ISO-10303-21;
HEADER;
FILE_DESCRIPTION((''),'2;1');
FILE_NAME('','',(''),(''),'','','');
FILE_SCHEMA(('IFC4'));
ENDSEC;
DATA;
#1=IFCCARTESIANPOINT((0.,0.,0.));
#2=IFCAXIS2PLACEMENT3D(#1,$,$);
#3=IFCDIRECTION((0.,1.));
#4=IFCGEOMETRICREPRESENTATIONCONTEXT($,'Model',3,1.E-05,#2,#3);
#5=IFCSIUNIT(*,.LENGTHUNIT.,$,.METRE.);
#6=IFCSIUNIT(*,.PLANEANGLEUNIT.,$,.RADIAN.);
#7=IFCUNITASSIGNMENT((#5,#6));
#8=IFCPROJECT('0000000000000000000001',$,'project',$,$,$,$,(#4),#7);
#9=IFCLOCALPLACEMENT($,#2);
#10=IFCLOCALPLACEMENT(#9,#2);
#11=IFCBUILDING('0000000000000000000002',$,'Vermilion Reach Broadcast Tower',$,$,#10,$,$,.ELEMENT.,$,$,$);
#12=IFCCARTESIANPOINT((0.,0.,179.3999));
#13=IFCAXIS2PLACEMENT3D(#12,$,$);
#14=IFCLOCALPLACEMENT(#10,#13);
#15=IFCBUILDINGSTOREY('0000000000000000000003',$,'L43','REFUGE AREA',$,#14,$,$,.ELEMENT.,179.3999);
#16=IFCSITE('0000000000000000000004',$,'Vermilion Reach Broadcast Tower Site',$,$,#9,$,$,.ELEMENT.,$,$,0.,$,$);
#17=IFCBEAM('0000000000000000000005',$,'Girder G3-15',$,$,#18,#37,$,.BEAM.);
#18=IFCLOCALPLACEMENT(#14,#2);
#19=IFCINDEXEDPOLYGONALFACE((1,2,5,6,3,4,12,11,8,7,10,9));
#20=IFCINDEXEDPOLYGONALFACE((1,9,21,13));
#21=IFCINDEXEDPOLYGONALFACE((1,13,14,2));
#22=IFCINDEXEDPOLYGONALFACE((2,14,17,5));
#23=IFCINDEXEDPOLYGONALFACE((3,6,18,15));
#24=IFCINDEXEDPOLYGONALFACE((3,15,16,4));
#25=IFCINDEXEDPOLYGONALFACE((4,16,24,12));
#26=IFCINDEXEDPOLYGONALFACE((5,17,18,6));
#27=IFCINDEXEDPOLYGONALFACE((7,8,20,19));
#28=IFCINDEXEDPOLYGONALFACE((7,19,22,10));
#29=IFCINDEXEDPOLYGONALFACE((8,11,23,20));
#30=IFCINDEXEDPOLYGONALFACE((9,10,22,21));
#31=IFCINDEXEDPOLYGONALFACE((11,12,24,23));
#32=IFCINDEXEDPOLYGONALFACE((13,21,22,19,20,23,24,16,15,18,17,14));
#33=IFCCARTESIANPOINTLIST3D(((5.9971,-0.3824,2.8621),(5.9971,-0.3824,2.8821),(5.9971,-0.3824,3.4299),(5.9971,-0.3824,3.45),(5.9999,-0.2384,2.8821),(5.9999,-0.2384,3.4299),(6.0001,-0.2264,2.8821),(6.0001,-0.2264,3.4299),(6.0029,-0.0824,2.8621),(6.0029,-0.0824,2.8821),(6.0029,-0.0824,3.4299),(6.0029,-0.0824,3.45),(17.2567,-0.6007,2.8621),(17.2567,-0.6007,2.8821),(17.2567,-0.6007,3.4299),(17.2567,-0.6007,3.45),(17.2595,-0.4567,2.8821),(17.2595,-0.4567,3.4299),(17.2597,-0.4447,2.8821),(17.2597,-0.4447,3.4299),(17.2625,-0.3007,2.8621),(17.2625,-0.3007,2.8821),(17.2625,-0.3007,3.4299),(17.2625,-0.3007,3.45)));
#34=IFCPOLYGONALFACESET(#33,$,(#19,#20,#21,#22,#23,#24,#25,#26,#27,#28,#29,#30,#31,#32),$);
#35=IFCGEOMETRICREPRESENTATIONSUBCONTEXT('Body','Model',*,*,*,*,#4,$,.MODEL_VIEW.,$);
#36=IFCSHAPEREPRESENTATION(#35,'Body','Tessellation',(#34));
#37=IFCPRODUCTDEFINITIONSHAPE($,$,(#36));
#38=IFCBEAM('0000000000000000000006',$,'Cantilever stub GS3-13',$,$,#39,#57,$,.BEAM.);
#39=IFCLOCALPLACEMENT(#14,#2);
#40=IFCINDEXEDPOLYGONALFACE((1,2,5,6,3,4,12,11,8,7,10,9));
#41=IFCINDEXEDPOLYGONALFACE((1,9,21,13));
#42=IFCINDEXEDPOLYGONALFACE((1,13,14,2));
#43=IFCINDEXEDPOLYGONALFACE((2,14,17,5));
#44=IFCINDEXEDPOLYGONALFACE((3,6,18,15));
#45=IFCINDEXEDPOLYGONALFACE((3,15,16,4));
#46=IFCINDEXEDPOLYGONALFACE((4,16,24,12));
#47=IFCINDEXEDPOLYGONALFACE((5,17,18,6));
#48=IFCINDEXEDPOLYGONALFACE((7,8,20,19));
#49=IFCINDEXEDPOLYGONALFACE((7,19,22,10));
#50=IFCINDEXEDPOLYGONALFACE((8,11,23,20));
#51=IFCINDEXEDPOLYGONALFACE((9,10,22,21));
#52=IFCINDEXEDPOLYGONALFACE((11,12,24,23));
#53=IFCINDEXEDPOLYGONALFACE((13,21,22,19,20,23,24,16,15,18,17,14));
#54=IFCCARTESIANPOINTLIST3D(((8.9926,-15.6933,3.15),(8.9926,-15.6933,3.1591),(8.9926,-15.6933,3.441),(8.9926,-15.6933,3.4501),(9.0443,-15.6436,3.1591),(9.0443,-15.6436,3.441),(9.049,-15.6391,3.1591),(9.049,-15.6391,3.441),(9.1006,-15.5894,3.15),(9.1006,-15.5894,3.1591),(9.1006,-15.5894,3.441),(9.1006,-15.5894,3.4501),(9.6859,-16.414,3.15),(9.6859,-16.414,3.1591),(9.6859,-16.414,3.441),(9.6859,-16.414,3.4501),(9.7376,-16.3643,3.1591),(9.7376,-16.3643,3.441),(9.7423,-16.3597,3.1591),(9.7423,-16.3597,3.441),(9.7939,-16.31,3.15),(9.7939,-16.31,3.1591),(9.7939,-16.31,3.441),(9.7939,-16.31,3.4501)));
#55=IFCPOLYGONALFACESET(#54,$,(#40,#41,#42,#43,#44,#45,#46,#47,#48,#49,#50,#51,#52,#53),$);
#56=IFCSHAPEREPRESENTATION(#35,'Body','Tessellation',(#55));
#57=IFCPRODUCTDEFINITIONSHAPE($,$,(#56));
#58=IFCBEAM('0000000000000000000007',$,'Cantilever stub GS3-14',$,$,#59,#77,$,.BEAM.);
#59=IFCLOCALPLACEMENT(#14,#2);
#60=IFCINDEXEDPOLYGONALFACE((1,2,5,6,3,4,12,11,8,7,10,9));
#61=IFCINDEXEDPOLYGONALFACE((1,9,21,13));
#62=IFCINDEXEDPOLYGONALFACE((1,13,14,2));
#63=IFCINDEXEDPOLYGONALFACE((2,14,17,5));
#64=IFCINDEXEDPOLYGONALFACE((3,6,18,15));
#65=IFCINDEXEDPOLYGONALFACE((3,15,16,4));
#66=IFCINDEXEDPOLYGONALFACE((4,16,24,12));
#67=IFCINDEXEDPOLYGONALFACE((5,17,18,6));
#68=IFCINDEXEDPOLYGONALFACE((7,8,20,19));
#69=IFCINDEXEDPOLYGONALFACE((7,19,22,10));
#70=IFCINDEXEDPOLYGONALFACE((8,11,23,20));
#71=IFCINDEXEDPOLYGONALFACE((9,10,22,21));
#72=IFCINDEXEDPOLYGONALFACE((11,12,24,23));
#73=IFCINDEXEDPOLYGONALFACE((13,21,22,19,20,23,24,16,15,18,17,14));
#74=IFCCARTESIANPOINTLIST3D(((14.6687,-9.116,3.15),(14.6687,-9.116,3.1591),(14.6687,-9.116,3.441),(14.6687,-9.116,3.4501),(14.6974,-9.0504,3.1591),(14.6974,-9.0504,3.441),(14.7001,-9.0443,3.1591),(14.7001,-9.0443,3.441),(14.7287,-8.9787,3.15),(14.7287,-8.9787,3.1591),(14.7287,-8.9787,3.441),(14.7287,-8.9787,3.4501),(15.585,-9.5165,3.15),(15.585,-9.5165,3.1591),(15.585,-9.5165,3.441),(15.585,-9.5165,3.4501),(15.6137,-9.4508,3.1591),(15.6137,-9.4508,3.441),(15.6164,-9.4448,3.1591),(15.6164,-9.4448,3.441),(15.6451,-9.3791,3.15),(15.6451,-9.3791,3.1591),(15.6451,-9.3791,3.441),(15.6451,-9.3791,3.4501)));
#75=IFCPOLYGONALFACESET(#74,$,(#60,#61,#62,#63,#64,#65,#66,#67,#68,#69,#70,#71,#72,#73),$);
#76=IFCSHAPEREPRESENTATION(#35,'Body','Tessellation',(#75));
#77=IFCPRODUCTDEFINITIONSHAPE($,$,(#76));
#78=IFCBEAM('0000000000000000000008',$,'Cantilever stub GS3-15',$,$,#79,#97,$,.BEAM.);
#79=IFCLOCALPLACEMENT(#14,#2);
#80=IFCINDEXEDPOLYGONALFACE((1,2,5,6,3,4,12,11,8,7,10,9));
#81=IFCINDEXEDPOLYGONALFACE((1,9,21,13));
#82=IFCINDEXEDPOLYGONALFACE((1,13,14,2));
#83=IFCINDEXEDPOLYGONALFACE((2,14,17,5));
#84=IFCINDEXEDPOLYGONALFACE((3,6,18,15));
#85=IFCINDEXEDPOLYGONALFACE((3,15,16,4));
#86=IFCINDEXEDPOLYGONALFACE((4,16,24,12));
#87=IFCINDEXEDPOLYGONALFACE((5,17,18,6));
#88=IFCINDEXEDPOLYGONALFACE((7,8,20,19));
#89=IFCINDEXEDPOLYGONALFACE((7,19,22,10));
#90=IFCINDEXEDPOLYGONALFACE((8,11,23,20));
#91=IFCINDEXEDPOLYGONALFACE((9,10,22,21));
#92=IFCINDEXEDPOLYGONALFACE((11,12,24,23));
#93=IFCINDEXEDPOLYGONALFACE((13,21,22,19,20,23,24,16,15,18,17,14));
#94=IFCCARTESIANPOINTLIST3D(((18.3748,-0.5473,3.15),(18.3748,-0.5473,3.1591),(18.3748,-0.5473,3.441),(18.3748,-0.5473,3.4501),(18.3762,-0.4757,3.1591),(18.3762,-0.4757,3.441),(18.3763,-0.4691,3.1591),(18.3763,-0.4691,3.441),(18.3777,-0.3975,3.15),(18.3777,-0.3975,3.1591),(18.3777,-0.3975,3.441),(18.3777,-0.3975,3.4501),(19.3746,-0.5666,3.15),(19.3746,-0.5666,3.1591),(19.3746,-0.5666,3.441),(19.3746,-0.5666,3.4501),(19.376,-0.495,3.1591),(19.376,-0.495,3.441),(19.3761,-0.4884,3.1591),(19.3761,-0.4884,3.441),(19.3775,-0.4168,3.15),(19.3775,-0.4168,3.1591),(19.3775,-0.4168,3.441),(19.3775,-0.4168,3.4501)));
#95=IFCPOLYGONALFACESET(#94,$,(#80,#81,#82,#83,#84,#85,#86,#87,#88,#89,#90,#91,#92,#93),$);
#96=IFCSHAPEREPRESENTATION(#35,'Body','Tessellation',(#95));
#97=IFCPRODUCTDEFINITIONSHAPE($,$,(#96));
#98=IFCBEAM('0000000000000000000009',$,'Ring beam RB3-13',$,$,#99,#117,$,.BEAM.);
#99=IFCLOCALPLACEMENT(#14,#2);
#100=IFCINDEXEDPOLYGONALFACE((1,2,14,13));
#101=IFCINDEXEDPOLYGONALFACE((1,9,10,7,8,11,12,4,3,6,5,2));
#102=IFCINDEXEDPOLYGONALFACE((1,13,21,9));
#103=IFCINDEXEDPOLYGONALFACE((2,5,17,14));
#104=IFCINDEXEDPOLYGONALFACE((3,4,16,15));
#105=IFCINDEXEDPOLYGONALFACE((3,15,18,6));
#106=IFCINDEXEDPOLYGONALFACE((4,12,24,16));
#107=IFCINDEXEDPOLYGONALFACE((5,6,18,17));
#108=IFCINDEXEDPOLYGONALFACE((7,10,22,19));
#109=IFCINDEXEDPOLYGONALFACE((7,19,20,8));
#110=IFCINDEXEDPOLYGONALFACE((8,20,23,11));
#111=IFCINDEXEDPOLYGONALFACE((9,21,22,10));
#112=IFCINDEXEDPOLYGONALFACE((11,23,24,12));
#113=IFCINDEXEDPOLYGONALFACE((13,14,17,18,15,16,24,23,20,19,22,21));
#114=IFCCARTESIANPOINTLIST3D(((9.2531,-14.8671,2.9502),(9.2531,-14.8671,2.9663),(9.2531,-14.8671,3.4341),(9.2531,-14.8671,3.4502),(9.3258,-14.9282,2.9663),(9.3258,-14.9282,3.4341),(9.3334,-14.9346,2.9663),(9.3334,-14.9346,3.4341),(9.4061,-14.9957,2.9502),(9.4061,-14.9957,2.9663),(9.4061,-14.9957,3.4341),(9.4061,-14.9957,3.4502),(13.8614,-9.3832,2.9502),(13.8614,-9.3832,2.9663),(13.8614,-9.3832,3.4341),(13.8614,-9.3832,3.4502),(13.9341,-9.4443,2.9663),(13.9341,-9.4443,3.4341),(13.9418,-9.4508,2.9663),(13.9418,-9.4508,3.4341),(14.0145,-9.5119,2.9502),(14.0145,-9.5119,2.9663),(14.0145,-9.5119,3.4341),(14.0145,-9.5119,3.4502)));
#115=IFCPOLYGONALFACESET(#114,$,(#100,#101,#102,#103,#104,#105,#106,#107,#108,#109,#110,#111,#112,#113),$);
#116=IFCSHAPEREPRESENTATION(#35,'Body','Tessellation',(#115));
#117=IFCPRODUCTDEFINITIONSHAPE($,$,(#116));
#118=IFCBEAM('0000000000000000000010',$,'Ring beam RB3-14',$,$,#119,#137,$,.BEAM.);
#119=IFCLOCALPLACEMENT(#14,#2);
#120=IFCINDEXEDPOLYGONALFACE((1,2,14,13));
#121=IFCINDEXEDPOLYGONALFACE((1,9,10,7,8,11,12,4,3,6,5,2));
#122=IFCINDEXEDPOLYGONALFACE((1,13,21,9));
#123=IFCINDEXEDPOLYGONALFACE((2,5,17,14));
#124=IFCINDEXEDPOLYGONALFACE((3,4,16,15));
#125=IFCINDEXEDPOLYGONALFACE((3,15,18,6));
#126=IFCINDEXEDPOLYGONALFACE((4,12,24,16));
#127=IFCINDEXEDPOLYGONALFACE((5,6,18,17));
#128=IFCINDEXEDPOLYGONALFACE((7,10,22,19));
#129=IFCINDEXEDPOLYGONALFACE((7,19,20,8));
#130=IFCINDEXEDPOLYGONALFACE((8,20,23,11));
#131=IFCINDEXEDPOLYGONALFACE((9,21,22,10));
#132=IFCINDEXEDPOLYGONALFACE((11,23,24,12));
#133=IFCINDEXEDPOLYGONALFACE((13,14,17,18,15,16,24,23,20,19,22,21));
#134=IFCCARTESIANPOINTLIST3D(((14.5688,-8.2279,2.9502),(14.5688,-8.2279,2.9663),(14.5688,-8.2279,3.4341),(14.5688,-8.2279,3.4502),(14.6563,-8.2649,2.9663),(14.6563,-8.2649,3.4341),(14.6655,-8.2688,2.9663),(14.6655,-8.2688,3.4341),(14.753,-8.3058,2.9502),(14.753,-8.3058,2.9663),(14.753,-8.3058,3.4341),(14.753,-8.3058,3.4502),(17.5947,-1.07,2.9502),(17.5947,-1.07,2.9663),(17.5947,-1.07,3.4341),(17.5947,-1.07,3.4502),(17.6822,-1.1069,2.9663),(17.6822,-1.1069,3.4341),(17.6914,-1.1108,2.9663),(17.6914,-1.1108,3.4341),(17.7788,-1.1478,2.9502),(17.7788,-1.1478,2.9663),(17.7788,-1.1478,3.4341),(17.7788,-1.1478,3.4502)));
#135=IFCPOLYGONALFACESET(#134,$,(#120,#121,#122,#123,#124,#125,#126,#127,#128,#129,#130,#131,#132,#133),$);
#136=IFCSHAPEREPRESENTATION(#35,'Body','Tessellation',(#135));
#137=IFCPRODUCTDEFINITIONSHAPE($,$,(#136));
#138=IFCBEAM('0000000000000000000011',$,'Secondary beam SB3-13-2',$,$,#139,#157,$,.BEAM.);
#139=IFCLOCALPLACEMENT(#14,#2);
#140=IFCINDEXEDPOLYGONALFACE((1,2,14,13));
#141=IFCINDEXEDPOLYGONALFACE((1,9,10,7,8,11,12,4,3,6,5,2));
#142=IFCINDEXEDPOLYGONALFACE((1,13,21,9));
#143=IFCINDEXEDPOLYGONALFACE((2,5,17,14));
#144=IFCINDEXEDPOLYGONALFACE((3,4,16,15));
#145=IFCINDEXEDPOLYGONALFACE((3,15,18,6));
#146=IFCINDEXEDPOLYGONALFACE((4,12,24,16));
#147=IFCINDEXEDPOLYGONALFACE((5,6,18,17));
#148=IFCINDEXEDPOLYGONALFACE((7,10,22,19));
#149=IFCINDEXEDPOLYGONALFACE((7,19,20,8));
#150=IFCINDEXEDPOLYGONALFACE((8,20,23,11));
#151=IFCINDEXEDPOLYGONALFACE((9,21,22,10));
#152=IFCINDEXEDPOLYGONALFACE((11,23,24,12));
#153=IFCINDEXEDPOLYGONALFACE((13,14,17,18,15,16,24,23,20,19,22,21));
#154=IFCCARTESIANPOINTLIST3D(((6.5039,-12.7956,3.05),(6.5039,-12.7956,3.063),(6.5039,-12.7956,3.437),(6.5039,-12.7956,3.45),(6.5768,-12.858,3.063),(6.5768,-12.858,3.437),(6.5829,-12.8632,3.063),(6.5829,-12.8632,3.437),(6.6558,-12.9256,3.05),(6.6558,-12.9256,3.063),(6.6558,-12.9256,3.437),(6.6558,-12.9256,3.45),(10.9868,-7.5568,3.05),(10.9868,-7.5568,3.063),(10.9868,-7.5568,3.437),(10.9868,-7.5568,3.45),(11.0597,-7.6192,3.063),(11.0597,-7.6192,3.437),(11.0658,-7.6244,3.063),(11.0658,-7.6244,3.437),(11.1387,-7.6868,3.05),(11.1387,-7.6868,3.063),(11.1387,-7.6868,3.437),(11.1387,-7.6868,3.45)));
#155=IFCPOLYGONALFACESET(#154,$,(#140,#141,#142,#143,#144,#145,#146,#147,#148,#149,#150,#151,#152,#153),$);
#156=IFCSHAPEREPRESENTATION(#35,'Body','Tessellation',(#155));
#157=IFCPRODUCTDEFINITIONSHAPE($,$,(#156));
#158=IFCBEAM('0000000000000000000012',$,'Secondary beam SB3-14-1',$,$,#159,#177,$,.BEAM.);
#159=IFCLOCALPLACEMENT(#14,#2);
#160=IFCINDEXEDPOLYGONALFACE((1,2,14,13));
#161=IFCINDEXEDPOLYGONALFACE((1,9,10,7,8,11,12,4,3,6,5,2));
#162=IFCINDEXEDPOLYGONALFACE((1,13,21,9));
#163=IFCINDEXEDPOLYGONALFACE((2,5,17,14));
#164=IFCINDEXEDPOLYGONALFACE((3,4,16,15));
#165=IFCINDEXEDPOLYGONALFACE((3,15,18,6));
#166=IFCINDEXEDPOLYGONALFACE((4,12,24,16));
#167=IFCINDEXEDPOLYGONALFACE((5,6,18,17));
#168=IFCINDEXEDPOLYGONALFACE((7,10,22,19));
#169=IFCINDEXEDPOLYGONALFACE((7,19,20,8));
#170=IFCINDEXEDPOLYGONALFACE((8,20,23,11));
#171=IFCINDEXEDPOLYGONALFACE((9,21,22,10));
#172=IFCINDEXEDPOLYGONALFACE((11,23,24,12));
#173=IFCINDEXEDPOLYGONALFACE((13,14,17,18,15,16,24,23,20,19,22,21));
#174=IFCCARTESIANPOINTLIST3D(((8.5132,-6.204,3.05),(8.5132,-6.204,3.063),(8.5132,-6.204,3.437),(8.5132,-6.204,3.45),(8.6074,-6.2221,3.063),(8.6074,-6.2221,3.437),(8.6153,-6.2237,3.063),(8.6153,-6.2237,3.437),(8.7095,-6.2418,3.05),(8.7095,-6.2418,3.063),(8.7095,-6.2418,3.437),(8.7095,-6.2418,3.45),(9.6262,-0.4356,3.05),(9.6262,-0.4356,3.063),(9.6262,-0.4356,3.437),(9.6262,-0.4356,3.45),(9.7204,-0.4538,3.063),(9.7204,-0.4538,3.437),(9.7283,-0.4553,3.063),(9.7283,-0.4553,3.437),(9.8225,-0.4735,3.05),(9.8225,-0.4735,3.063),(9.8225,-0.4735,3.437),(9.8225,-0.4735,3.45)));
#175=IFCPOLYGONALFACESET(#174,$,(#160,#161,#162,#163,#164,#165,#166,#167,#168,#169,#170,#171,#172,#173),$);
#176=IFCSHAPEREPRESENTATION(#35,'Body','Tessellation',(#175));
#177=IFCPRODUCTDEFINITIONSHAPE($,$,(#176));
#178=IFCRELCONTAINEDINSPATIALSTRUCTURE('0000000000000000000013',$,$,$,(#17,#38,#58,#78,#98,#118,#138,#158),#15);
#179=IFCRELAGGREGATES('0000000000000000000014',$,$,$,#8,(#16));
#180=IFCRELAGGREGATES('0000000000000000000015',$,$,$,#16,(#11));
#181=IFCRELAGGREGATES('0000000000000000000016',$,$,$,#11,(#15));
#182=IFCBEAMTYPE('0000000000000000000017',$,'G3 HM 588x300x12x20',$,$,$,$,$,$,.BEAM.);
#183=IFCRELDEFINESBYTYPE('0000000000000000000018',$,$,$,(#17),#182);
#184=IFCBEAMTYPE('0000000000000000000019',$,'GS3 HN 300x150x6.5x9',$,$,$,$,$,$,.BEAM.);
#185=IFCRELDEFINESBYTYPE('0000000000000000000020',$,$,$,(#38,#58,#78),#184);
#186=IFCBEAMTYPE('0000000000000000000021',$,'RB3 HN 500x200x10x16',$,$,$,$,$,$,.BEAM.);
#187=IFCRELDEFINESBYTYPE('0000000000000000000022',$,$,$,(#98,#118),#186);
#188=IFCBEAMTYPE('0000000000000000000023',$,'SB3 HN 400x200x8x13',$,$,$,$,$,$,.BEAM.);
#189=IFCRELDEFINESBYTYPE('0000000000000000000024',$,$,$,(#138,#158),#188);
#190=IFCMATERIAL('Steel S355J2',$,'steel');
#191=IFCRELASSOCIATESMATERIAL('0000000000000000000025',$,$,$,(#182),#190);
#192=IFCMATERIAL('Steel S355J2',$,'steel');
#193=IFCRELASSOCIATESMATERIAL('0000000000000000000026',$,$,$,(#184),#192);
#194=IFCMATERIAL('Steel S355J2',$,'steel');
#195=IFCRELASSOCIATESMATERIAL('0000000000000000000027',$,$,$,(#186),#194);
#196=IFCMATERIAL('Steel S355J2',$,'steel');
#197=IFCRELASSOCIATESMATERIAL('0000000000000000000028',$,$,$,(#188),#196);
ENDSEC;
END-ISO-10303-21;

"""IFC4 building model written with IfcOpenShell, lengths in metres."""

from ifc_helpers import new_model, si_unit, direction, frame, origin, origin_2d, place, context, subcontext, project, spatial, i_section, extrude, material, material_profile, profile_set, type_object, element, save


model = new_model("IFC4")

# Units and contexts
model_context = context("Model", 3, precision=1e-05, world=origin(), true_north=direction((0.0, 1.0)))
body_context = subcontext(model_context, "Body", "Model", "MODEL_VIEW")
ifc_project = project(units=[si_unit("LENGTHUNIT", "METRE"), si_unit("PLANEANGLEUNIT", "RADIAN")], contexts=[model_context])

# Site, building, storey
site_placement = place(None, origin())
site = spatial("IfcSite", under=ifc_project, at=site_placement, Name="Vermilion Reach Broadcast Tower Site", CompositionType="ELEMENT", RefElevation=0.0)
building_placement = place(site_placement, origin())
building = spatial("IfcBuilding", under=site, at=building_placement, Name="Vermilion Reach Broadcast Tower", CompositionType="ELEMENT")
storey_placement = place(building_placement, frame((0.0, 0.0, 179.3999)))
storey = spatial("IfcBuildingStorey", under=building, at=storey_placement, Name="L43", Description="REFUGE AREA", CompositionType="ELEMENT", Elevation=179.3999)

# Beams
ifc_material_1 = material(Name="Steel S355J2", Category="steel")
ifc_material_profile_1 = material_profile(ifc_material_1, i_section(OverallWidth=0.3, OverallDepth=0.5879, WebThickness=0.012, FlangeThickness=0.02, at=origin_2d()), Name="S355J2 HM 588x300x12x20")
ifc_profile_set_1 = profile_set([ifc_material_profile_1], Name="Steel S355J2")
beam_type_1 = type_object("IfcBeamType", Name="G3 HM 588x300x12x20", PredefinedType="BEAM", material=ifc_profile_set_1)
beam_1_placement = place(storey_placement, frame((6.0, -0.2324, 3.156), z_axis=(0.999812, -0.019381, 0.0), x_axis=(0.019381, 0.999812, 0.0)))
element("IfcBeam", 1, at=beam_1_placement, inside=storey, type_object=beam_type_1, Name="Girder G3-15", PredefinedType="BEAM", context=body_context, shape_type="SweptSolid", body=[
    extrude(i_section(OverallWidth=0.3, OverallDepth=0.5879, WebThickness=0.012, FlangeThickness=0.02, at=origin_2d()), origin(), (0.0, 0.0, 1.0), 11.2617),
])
ifc_material_2 = material(Name="Steel S355J2", Category="steel")
ifc_material_profile_2 = material_profile(ifc_material_2, i_section(OverallWidth=0.1499, OverallDepth=0.3, WebThickness=0.0066, FlangeThickness=0.009, at=origin_2d()), Name="S355J2 HN 300x150x6.5x9")
ifc_profile_set_2 = profile_set([ifc_material_profile_2], Name="Steel S355J2")
beam_type_2 = type_object("IfcBeamType", Name="GS3 HN 300x150x6.5x9", PredefinedType="BEAM", material=ifc_profile_set_2)
for number, where, z_axis, x_axis, name in (
    (2, (9.0466, -15.6414, 3.3), (0.693304, -0.720645, 0.0), (0.720645, 0.693304, 0.0), "Cantilever stub GS3-13"),
    (3, (14.6987, -9.0474, 3.3), (0.916331, -0.400422, 0.0), (0.400422, 0.916331, 0.0), "Cantilever stub GS3-14"),
    (4, (18.3762, -0.4724, 3.3), (0.999814, -0.019288, 0.0), (0.019288, 0.999814, 0.0), "Cantilever stub GS3-15"),
):
    element("IfcBeam", number, at=place(storey_placement, frame(where, z_axis=z_axis, x_axis=x_axis)), inside=storey, type_object=beam_type_2, Name=name, PredefinedType="BEAM", context=body_context, shape_type="SweptSolid", body=[
        extrude(i_section(OverallWidth=0.1499, OverallDepth=0.3, WebThickness=0.0066, FlangeThickness=0.009, at=origin_2d()), origin(), (0.0, 0.0, 1.0), 1.0),
    ])
ifc_material_3 = material(Name="Steel S355J2", Category="steel")
ifc_material_profile_3 = material_profile(ifc_material_3, i_section(OverallWidth=0.2, OverallDepth=0.5, WebThickness=0.01, FlangeThickness=0.0161, at=origin_2d()), Name="S355J2 HN 500x200x10x16")
ifc_profile_set_3 = profile_set([ifc_material_profile_3], Name="Steel S355J2")
beam_type_3 = type_object("IfcBeamType", Name="RB3 HN 500x200x10x16", PredefinedType="BEAM", material=ifc_profile_set_3)
beam_2_placement = place(storey_placement, frame((9.3296, -14.9314, 3.2002), z_axis=(0.64335, 0.765572, 0.0), x_axis=(-0.765572, 0.64335, 0.0)))
element("IfcBeam", 5, at=beam_2_placement, inside=storey, type_object=beam_type_3, Name="Ring beam RB3-13", PredefinedType="BEAM", context=body_context, shape_type="SweptSolid", body=[
    extrude(i_section(OverallWidth=0.2, OverallDepth=0.5, WebThickness=0.01, FlangeThickness=0.0161, at=origin_2d()), origin(), (0.0, 0.0, 1.0), 7.1631),
])
beam_3_placement = place(storey_placement, frame((14.6609, -8.2668, 3.2002), z_axis=(0.389368, 0.921082, 0.0), x_axis=(-0.921082, 0.389368, 0.0)))
element("IfcBeam", 6, at=beam_3_placement, inside=storey, type_object=beam_type_3, Name="Ring beam RB3-14", PredefinedType="BEAM", context=body_context, shape_type="SweptSolid", body=[
    extrude(i_section(OverallWidth=0.2, OverallDepth=0.5, WebThickness=0.01, FlangeThickness=0.0161, at=origin_2d()), origin(), (0.0, 0.0, 1.0), 7.7712),
])
ifc_material_4 = material(Name="Steel S355J2", Category="steel")
ifc_material_profile_4 = material_profile(ifc_material_4, i_section(OverallWidth=0.2, OverallDepth=0.3999, WebThickness=0.0081, FlangeThickness=0.0129, at=origin_2d()), Name="S355J2 HN 400x200x8x13")
ifc_profile_set_4 = profile_set([ifc_material_profile_4], Name="Steel S355J2")
beam_type_4 = type_object("IfcBeamType", Name="SB3 HN 400x200x8x13", PredefinedType="BEAM", material=ifc_profile_set_4)
beam_4_placement = place(storey_placement, frame((6.5798, -12.8606, 3.25), z_axis=(0.650167, 0.759791, 0.0), x_axis=(-0.759791, 0.650167, 0.0)))
element("IfcBeam", 7, at=beam_4_placement, inside=storey, type_object=beam_type_4, Name="Secondary beam SB3-13-2", PredefinedType="BEAM", context=body_context, shape_type="SweptSolid", body=[
    extrude(i_section(OverallWidth=0.2, OverallDepth=0.3999, WebThickness=0.0081, FlangeThickness=0.0129, at=origin_2d()), origin(), (0.0, 0.0, 1.0), 6.895),
])
beam_5_placement = place(storey_placement, frame((8.6113, -6.2229, 3.25), z_axis=(0.189462, 0.981888, 0.0), x_axis=(-0.981888, 0.189462, 0.0)))
element("IfcBeam", 8, at=beam_5_placement, inside=storey, type_object=beam_type_4, Name="Secondary beam SB3-14-1", PredefinedType="BEAM", context=body_context, shape_type="SweptSolid", body=[
    extrude(i_section(OverallWidth=0.2, OverallDepth=0.3999, WebThickness=0.0081, FlangeThickness=0.0129, at=origin_2d()), origin(), (0.0, 0.0, 1.0), 5.8748),
])

save(model, "model.ifc")
